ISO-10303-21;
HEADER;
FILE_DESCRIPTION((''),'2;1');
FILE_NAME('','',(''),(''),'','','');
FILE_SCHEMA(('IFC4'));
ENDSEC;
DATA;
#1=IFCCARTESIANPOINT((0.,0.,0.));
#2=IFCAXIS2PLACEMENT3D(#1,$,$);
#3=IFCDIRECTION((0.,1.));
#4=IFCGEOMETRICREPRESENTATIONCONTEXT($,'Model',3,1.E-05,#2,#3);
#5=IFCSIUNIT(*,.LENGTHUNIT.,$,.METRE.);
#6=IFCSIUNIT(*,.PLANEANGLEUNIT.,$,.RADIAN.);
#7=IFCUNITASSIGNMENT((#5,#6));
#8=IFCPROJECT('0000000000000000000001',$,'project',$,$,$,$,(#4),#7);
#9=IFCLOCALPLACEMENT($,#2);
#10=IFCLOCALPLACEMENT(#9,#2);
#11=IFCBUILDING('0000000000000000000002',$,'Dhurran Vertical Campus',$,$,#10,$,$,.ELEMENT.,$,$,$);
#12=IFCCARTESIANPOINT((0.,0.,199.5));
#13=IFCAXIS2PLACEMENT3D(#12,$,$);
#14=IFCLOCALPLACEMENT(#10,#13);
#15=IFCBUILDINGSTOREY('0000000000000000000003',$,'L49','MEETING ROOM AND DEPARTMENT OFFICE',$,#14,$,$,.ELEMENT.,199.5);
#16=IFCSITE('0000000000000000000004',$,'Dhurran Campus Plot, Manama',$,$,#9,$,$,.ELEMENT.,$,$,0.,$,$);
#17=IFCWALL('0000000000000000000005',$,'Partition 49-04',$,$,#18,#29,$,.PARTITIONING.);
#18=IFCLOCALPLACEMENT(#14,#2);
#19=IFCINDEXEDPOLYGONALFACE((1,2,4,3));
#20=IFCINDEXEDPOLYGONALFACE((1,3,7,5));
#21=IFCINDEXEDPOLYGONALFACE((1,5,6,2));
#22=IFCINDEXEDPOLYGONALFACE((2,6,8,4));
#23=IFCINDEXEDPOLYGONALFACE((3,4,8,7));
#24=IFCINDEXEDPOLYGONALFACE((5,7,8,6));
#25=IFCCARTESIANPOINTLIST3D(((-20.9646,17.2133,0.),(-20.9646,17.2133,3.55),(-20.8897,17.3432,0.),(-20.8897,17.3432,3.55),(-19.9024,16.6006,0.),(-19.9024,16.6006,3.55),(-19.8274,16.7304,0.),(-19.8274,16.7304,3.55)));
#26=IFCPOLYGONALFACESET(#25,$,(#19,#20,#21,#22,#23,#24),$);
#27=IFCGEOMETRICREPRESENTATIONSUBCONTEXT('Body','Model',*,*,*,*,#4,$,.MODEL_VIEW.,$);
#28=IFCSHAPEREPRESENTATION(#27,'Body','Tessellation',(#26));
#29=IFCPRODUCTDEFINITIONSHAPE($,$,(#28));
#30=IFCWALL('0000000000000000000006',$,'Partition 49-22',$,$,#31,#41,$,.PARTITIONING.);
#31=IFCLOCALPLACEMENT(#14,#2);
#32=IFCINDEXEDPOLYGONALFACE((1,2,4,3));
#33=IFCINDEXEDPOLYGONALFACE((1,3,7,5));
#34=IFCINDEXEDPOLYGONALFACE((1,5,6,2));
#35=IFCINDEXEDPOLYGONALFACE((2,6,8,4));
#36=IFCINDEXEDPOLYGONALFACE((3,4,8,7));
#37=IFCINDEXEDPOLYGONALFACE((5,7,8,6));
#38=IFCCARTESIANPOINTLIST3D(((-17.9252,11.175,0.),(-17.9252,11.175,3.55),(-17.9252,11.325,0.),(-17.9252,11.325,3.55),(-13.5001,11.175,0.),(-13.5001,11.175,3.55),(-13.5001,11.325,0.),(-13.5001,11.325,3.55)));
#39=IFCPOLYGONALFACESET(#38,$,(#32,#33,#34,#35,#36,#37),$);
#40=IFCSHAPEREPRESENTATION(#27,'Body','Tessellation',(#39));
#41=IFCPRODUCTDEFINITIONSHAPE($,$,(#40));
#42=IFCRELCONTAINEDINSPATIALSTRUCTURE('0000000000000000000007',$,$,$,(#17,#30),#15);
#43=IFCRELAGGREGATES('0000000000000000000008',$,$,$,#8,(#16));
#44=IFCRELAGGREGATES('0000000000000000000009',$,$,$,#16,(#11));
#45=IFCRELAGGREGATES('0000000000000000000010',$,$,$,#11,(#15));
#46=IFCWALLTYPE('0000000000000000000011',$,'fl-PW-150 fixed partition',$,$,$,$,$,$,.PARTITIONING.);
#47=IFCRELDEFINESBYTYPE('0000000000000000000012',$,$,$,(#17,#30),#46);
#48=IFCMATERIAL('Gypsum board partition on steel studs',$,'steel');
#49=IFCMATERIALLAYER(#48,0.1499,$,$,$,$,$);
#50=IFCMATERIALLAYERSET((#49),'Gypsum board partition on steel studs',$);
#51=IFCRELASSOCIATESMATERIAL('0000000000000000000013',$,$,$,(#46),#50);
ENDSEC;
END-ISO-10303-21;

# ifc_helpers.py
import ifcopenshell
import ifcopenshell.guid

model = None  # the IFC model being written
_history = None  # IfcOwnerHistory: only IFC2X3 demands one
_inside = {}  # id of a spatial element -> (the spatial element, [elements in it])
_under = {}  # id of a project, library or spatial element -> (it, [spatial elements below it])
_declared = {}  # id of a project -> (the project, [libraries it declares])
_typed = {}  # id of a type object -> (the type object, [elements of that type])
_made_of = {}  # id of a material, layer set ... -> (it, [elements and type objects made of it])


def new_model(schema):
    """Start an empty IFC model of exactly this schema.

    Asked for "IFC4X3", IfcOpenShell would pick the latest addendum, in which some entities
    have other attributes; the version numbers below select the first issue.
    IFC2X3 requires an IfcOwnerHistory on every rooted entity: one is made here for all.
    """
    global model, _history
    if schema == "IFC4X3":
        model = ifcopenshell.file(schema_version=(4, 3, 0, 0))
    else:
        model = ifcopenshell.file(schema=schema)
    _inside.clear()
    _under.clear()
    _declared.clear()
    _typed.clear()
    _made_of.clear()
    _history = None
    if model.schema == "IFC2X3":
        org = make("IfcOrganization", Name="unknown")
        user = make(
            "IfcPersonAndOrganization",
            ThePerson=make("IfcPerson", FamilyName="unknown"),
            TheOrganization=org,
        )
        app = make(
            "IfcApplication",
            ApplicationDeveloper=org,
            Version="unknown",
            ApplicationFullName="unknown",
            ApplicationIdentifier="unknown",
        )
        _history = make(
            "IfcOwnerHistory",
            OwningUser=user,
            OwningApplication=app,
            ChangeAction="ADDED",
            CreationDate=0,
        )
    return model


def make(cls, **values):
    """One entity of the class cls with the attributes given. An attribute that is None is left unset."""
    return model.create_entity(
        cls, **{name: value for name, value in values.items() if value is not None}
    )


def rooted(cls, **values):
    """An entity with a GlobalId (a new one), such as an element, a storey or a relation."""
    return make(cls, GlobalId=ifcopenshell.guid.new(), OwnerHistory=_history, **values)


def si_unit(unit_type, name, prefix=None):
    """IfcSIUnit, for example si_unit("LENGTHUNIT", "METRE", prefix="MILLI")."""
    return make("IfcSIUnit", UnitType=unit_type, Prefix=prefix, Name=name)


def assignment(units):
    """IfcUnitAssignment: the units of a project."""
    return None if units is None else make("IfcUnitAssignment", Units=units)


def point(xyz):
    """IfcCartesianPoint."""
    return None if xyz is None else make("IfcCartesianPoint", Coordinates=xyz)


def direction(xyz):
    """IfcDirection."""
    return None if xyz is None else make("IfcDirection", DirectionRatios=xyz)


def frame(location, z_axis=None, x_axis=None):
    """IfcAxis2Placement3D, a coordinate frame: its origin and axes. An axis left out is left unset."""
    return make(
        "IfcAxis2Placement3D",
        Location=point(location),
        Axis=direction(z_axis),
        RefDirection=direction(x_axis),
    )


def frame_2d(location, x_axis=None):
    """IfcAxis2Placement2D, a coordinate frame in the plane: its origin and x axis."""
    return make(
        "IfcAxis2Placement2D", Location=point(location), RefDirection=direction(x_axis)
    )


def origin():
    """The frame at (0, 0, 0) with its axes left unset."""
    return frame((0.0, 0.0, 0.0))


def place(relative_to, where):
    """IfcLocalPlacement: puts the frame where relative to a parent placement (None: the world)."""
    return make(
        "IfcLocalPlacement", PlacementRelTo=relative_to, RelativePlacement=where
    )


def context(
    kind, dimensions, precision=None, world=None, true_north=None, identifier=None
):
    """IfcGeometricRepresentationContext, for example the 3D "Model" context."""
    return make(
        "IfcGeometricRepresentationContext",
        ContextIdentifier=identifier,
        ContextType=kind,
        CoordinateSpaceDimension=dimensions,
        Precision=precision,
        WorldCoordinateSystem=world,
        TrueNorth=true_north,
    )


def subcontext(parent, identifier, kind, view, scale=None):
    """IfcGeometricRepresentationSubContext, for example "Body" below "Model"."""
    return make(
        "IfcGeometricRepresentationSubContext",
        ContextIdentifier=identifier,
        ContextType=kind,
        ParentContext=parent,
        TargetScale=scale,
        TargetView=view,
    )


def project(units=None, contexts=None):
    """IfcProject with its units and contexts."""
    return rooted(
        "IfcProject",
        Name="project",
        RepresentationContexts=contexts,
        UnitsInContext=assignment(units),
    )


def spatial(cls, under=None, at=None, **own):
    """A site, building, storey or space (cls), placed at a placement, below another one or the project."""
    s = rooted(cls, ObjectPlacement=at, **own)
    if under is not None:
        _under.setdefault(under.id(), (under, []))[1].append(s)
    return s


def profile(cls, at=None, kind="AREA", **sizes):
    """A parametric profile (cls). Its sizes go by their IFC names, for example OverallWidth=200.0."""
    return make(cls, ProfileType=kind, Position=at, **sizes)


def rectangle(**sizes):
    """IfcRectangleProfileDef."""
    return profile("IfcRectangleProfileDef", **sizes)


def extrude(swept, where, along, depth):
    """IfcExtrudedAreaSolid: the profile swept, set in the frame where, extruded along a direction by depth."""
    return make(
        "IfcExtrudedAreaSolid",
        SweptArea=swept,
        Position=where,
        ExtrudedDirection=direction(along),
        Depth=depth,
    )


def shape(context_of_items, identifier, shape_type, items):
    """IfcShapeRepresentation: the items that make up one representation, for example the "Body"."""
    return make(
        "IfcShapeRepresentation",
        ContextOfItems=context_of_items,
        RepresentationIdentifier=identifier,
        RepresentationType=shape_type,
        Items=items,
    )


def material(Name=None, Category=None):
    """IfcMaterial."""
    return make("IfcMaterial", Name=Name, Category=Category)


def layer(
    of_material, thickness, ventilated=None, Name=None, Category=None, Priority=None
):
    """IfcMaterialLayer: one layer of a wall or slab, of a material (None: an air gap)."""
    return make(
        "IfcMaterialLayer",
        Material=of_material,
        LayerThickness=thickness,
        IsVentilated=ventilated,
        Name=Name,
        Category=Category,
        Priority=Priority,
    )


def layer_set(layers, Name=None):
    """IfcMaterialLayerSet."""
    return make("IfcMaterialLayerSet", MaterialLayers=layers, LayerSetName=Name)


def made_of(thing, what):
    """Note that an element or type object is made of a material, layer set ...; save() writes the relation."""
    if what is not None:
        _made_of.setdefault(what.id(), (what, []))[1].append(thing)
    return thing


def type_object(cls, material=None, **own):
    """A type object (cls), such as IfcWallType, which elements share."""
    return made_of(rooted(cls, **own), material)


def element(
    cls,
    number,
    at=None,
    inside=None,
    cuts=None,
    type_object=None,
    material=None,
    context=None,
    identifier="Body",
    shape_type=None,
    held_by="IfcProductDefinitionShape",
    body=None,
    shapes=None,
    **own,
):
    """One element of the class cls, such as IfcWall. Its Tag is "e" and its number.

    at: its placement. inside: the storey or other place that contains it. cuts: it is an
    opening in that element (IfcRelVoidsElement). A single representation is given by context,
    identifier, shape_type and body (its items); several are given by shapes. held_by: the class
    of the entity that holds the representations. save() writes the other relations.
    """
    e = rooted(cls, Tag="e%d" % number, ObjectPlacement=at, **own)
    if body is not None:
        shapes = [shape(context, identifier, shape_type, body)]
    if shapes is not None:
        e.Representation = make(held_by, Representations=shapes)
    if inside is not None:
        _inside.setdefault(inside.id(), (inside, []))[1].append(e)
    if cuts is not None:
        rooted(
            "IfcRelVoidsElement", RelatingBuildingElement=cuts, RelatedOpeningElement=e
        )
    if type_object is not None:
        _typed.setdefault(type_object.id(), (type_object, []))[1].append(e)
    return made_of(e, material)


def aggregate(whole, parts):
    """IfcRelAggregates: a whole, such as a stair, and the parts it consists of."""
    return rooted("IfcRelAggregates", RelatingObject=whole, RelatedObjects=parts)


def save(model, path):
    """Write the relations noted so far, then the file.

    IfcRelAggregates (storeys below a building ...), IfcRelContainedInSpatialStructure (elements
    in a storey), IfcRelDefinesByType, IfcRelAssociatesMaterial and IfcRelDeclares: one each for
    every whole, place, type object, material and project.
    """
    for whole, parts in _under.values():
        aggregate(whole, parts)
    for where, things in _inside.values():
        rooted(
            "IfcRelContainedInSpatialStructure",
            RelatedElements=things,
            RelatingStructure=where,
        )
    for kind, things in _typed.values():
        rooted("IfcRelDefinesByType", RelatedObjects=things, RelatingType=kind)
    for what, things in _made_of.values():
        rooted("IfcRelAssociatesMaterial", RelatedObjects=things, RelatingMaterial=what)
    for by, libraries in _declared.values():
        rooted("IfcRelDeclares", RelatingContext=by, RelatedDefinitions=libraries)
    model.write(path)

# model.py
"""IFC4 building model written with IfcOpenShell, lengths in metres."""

from ifc_helpers import new_model, si_unit, direction, frame, frame_2d, origin, place, context, subcontext, project, spatial, rectangle, extrude, material, layer, layer_set, type_object, element, save


model = new_model("IFC4")

# Units and contexts
model_context = context("Model", 3, precision=1e-05, world=origin(), true_north=direction((0.0, 1.0)))
body_context = subcontext(model_context, "Body", "Model", "MODEL_VIEW")
ifc_project = project(units=[si_unit("LENGTHUNIT", "METRE"), si_unit("PLANEANGLEUNIT", "RADIAN")], contexts=[model_context])

# Site, building, storey
site_placement = place(None, origin())
site = spatial("IfcSite", under=ifc_project, at=site_placement, Name="Dhurran Campus Plot, Manama", CompositionType="ELEMENT", RefElevation=0.0)
building_placement = place(site_placement, origin())
building = spatial("IfcBuilding", under=site, at=building_placement, Name="Dhurran Vertical Campus", CompositionType="ELEMENT")
storey_placement = place(building_placement, frame((0.0, 0.0, 199.5)))
storey = spatial("IfcBuildingStorey", under=building, at=storey_placement, Name="L49", Description="MEETING ROOM AND DEPARTMENT OFFICE", CompositionType="ELEMENT", Elevation=199.5)

# Walls
ifc_material_1 = material(Name="Gypsum board partition on steel studs", Category="steel")
ifc_layer_1 = layer(ifc_material_1, 0.1499)
ifc_layer_set_1 = layer_set([ifc_layer_1], Name="Gypsum board partition on steel studs")
wall_type_1 = type_object("IfcWallType", Name="fl-PW-150 fixed partition", PredefinedType="PARTITIONING", material=ifc_layer_set_1)
wall_1_placement = place(storey_placement, frame((-20.9272, 17.2783, 0.0), z_axis=(0.0, 0.0, 1.0), x_axis=(0.866202, -0.499694, 0.0)))
element("IfcWall", 1, at=wall_1_placement, inside=storey, type_object=wall_type_1, Name="Partition 49-04", PredefinedType="PARTITIONING", context=body_context, shape_type="SweptSolid", body=[
    extrude(rectangle(XDim=1.2263, YDim=0.1499, at=frame_2d((0.6133, 0.0))), origin(), (0.0, 0.0, 1.0), 3.55),
])
wall_2_placement = place(storey_placement, frame((-17.925, 11.25, 0.0), z_axis=(0.0, 0.0, 1.0), x_axis=(1.0, 0.0, 0.0)))
element("IfcWall", 2, at=wall_2_placement, inside=storey, type_object=wall_type_1, Name="Partition 49-22", PredefinedType="PARTITIONING", context=body_context, shape_type="SweptSolid", body=[
    extrude(rectangle(XDim=4.425, YDim=0.1499, at=frame_2d((2.2124, 0.0))), origin(), (0.0, 0.0, 1.0), 3.55),
])

save(model, "model.ifc")
